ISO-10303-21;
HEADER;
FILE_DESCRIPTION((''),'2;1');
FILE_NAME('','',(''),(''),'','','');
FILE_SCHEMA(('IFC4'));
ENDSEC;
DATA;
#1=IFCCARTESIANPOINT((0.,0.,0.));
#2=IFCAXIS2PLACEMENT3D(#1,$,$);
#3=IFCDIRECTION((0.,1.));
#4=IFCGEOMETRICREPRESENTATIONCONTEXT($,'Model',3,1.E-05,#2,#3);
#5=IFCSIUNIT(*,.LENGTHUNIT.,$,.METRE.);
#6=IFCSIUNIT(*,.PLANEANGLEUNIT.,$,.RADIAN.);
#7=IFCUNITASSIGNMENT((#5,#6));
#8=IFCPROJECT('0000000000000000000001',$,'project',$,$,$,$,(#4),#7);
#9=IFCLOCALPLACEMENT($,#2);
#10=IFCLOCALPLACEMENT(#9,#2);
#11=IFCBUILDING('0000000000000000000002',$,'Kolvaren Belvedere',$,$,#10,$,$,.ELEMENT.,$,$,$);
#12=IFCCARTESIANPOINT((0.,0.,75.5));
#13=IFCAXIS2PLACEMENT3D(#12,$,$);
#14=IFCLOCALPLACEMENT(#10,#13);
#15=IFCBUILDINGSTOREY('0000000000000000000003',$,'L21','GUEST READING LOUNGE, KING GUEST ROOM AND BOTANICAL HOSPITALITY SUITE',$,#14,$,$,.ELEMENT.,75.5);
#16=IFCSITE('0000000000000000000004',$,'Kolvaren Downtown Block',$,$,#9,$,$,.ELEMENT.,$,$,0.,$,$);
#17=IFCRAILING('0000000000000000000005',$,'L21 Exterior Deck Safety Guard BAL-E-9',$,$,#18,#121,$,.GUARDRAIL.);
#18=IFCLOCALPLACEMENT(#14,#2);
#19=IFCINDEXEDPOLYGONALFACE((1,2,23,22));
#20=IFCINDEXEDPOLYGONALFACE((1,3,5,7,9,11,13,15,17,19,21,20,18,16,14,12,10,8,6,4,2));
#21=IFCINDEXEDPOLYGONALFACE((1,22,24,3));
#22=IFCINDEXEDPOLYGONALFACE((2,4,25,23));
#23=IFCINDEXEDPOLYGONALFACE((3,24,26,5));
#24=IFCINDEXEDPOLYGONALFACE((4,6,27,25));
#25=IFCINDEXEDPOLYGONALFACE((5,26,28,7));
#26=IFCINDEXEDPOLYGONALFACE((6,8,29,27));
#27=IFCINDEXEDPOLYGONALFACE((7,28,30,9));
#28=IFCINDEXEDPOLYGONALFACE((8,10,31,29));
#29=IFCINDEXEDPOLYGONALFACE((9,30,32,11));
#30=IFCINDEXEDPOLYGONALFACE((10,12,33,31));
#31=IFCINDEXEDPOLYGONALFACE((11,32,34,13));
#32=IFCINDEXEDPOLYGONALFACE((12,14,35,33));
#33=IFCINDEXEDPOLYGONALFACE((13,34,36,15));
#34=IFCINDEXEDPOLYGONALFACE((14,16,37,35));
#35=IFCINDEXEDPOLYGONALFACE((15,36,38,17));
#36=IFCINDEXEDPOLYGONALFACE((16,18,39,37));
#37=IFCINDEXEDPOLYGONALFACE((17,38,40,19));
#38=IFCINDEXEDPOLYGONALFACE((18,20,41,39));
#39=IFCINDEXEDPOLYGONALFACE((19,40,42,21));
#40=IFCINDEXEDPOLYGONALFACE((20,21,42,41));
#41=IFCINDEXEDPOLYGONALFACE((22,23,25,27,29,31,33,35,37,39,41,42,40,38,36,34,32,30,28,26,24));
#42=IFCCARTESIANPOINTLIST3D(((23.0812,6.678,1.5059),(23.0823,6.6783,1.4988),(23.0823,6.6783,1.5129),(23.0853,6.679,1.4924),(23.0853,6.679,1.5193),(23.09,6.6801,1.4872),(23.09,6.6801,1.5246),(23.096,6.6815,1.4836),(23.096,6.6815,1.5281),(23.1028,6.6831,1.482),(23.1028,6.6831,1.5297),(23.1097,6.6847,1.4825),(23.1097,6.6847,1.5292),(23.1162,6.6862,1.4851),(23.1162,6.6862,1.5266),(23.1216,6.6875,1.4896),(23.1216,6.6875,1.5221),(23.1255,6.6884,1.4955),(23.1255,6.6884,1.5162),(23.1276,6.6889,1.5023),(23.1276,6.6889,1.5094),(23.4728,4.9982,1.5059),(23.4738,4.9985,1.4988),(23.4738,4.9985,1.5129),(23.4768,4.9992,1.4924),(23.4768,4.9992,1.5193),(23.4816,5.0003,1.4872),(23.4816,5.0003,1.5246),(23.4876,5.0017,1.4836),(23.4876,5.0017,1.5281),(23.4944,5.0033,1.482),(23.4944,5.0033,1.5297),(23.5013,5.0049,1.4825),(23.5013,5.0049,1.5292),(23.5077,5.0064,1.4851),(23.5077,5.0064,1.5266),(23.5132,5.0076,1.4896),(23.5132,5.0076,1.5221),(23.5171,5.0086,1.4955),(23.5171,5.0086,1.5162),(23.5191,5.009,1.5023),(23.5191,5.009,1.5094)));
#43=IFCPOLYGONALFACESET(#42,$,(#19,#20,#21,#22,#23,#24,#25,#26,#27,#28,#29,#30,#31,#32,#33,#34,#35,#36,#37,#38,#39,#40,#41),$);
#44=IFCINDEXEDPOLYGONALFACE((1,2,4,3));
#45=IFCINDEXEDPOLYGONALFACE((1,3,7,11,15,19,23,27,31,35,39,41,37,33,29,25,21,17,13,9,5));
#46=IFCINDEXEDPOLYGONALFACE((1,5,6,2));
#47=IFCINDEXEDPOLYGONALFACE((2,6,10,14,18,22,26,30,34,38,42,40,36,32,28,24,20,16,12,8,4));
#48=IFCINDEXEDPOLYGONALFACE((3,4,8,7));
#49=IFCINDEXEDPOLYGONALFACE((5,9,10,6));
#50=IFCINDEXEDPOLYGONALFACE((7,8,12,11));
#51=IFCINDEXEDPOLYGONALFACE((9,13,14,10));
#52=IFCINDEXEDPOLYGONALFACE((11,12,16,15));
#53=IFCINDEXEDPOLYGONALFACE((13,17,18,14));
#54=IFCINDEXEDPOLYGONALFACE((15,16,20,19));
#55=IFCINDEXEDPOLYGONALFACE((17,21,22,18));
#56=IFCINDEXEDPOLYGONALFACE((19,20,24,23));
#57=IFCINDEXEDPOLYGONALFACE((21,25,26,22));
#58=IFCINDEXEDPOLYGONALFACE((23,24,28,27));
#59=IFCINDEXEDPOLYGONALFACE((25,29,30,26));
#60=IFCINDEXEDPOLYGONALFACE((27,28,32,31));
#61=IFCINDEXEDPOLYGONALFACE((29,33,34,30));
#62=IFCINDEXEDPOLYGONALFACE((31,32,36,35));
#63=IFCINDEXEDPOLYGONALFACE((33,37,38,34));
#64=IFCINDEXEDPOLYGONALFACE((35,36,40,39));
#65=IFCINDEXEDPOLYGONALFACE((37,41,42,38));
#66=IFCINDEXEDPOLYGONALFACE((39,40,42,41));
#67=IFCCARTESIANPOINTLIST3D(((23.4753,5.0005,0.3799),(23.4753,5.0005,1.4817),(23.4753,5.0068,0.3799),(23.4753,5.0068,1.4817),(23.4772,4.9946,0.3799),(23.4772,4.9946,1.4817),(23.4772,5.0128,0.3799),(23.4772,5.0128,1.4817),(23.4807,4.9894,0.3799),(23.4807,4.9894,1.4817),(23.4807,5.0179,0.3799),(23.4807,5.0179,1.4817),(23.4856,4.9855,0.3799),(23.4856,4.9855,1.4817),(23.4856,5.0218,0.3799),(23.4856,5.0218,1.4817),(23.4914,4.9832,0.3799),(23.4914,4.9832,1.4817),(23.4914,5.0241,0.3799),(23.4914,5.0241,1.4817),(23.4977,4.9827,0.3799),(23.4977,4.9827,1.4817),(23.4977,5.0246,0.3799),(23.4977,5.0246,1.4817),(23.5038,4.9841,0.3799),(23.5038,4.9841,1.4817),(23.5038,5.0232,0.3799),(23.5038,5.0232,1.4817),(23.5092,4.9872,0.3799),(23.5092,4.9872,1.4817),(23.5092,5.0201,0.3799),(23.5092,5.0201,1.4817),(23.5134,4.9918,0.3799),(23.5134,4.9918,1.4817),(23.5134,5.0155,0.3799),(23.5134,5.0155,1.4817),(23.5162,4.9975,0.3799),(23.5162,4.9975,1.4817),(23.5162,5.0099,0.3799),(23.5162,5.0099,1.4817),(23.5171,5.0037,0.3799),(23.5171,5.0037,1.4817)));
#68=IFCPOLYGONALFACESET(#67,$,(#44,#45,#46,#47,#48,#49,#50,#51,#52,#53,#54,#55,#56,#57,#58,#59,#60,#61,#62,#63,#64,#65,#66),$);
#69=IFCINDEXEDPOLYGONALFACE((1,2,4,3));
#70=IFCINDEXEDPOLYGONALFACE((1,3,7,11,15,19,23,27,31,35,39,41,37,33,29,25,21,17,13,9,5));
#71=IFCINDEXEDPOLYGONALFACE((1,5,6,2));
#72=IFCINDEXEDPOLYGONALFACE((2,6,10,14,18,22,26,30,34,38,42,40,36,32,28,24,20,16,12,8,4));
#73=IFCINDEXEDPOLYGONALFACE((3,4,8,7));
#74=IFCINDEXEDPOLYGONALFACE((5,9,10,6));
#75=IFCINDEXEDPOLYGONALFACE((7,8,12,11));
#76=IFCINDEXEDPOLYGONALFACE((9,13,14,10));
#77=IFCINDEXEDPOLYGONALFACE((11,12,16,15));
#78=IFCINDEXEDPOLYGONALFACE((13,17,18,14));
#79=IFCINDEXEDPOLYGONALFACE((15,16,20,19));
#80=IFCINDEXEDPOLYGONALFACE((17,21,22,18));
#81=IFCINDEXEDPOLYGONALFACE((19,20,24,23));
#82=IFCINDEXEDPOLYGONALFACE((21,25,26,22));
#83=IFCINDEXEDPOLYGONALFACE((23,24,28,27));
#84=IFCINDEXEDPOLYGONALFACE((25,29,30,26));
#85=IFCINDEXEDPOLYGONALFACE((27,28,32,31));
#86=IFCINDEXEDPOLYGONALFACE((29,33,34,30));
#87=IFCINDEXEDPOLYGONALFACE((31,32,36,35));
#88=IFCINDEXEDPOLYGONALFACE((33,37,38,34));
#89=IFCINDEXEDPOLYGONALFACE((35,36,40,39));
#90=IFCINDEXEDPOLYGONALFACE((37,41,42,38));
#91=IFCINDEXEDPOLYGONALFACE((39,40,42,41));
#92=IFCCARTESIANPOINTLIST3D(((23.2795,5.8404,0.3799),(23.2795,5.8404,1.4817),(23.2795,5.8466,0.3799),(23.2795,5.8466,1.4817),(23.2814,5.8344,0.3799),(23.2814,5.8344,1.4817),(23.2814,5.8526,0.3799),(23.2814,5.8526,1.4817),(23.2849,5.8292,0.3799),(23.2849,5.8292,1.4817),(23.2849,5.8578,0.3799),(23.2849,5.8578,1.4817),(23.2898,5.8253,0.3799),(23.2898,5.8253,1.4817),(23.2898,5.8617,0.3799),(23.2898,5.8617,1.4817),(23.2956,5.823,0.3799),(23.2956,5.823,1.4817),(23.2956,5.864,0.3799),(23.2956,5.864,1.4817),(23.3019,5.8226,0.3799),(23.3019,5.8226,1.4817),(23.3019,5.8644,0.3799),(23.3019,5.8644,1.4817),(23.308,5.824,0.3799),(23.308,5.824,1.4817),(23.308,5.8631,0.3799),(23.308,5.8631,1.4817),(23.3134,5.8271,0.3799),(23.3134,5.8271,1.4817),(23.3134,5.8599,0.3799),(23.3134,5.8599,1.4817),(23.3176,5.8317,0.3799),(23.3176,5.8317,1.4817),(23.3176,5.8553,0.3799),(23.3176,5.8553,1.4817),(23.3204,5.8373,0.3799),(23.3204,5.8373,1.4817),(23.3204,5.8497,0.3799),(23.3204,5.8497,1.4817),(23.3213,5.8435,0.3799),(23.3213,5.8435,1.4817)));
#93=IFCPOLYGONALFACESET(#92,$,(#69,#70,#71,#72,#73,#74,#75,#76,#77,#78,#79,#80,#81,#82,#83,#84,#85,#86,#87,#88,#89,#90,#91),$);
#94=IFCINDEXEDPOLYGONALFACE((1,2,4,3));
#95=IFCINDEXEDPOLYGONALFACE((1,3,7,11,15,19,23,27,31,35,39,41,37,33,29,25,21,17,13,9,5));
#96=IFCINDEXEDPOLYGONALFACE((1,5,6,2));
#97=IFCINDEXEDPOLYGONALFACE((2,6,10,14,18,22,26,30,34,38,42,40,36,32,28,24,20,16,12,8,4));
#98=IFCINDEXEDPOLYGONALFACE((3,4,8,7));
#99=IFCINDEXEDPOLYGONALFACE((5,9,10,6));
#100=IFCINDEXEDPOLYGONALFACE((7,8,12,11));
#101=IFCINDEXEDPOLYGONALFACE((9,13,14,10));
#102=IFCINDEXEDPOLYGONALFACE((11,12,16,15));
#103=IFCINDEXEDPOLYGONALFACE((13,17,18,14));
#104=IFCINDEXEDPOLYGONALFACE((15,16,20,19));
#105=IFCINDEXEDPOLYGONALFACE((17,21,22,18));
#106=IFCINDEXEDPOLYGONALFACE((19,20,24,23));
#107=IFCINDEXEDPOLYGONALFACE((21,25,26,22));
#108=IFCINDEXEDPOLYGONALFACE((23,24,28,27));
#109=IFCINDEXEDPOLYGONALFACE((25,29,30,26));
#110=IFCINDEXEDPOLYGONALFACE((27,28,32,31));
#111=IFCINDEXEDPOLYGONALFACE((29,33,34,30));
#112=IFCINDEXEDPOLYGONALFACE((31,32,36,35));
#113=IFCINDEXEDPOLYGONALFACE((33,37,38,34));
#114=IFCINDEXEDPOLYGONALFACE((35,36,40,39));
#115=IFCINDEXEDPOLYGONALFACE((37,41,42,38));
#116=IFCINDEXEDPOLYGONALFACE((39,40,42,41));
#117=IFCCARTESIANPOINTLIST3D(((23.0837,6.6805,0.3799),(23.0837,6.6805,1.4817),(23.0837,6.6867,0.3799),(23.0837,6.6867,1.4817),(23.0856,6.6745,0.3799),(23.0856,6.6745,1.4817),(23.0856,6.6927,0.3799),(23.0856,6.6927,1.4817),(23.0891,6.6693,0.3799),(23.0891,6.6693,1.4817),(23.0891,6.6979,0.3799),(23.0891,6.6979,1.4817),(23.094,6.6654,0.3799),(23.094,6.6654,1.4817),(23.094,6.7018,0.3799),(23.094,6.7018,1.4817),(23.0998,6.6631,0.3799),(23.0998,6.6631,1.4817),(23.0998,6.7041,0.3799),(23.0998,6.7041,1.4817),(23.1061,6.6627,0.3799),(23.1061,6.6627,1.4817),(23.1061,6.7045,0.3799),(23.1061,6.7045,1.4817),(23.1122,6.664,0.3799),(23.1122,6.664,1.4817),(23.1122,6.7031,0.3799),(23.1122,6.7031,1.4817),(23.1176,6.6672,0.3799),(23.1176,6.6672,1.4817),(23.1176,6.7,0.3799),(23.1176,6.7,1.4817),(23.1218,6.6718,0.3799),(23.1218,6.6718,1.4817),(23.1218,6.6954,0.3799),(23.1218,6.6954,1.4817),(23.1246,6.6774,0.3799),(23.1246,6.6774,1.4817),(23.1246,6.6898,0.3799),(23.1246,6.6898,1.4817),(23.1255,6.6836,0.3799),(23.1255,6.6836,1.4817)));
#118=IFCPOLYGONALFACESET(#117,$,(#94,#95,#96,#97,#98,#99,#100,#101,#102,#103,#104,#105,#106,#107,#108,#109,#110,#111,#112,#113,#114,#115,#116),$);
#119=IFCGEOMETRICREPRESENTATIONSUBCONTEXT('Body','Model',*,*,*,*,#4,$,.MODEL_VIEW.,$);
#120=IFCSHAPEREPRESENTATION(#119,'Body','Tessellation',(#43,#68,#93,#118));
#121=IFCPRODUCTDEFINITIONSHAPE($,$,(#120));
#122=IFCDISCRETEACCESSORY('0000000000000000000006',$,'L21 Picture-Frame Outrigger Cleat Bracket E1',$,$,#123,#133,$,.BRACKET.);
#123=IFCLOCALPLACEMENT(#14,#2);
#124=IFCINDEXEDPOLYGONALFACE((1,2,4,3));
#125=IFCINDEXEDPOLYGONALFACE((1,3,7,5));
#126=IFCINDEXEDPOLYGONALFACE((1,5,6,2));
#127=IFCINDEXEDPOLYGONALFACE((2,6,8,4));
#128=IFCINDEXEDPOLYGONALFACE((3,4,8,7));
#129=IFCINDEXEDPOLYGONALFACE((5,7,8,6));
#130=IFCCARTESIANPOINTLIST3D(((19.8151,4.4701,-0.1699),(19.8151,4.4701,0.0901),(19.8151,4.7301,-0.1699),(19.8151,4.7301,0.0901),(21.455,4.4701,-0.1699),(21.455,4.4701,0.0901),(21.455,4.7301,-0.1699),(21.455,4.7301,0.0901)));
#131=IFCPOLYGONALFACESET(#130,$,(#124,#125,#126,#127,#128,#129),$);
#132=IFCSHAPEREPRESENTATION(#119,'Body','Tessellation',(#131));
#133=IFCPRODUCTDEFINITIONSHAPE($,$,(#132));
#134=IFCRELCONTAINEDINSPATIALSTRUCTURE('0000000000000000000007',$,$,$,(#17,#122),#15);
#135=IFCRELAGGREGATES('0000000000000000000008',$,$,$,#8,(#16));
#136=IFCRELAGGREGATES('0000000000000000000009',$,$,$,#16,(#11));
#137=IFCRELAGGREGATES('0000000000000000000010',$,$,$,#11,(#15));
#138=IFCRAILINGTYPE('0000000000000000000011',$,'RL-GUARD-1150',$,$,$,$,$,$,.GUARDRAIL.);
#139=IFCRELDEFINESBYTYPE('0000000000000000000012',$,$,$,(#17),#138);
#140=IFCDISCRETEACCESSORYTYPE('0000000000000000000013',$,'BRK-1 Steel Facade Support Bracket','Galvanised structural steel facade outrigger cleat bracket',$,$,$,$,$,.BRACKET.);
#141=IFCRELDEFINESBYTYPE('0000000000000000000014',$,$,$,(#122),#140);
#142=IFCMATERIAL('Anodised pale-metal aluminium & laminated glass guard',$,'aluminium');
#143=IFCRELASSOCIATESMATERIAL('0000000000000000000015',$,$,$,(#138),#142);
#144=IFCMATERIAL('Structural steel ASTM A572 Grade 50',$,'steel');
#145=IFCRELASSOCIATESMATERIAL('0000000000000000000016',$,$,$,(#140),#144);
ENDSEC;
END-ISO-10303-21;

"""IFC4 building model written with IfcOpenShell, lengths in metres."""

from ifc_helpers import new_model, si_unit, direction, frame, origin, origin_2d, place, context, subcontext, project, spatial, rectangle, circle, extrude, material, type_object, element, save


model = new_model("IFC4")

# Units and contexts
model_context = context("Model", 3, precision=1e-05, world=origin(), true_north=direction((0.0, 1.0)))
body_context = subcontext(model_context, "Body", "Model", "MODEL_VIEW")
ifc_project = project(units=[si_unit("LENGTHUNIT", "METRE"), si_unit("PLANEANGLEUNIT", "RADIAN")], contexts=[model_context])

# Site, building, storey
site_placement = place(None, origin())
site = spatial("IfcSite", under=ifc_project, at=site_placement, Name="Kolvaren Downtown Block", CompositionType="ELEMENT", RefElevation=0.0)
building_placement = place(site_placement, origin())
building = spatial("IfcBuilding", under=site, at=building_placement, Name="Kolvaren Belvedere", CompositionType="ELEMENT")
storey_placement = place(building_placement, frame((0.0, 0.0, 75.5)))
storey = spatial("IfcBuildingStorey", under=building, at=storey_placement, Name="L21", Description="GUEST READING LOUNGE, KING GUEST ROOM AND BOTANICAL HOSPITALITY SUITE", CompositionType="ELEMENT", Elevation=75.5)

# Railing
ifc_material_1 = material(Name="Anodised pale-metal aluminium & laminated glass guard", Category="aluminium")
railing_type = type_object("IfcRailingType", Name="RL-GUARD-1150", PredefinedType="GUARDRAIL", material=ifc_material_1)
railing_1_placement = place(storey_placement, frame((23.4961, 5.0037, 0.3799)))
element("IfcRailing", 1, at=railing_1_placement, inside=storey, type_object=railing_type, Name="L21 Exterior Deck Safety Guard BAL-E-9", PredefinedType="GUARDRAIL", context=body_context, shape_type="SweptSolid", body=[
    extrude(circle(Radius=0.0239, at=origin_2d()), frame((0.0, 0.0, 1.126), z_axis=(-0.227019, 0.97389, 0.0), x_axis=(-0.97389, -0.227019, 0.0)), (0.0, 0.0, 1.0), 1.7249),
    extrude(circle(Radius=0.021, at=origin_2d()), origin(), (0.0, 0.0, 1.0), 1.1018),
    extrude(circle(Radius=0.021, at=origin_2d()), frame((-0.1958, 0.8398, 0.0)), (0.0, 0.0, 1.0), 1.1018),
    extrude(circle(Radius=0.021, at=origin_2d()), frame((-0.3916, 1.6799, 0.0)), (0.0, 0.0, 1.0), 1.1018),
])

# Discrete accessory
ifc_material_2 = material(Name="Structural steel ASTM A572 Grade 50", Category="steel")
discrete_accessory_type = type_object("IfcDiscreteAccessoryType", Name="BRK-1 Steel Facade Support Bracket", Description="Galvanised structural steel facade outrigger cleat bracket", PredefinedType="BRACKET", material=ifc_material_2)
discrete_accessory_placement = place(storey_placement, frame((20.635, 4.6001, -0.1699), z_axis=(0.0, 0.0, 1.0), x_axis=(1.0, 0.0, 0.0)))
element("IfcDiscreteAccessory", 2, at=discrete_accessory_placement, inside=storey, type_object=discrete_accessory_type, Name="L21 Picture-Frame Outrigger Cleat Bracket E1", PredefinedType="BRACKET", context=body_context, shape_type="SweptSolid", body=[
    extrude(rectangle(XDim=1.6399, YDim=0.26, at=origin_2d()), origin(), (0.0, 0.0, 1.0), 0.26),
])

save(model, "model.ifc")
